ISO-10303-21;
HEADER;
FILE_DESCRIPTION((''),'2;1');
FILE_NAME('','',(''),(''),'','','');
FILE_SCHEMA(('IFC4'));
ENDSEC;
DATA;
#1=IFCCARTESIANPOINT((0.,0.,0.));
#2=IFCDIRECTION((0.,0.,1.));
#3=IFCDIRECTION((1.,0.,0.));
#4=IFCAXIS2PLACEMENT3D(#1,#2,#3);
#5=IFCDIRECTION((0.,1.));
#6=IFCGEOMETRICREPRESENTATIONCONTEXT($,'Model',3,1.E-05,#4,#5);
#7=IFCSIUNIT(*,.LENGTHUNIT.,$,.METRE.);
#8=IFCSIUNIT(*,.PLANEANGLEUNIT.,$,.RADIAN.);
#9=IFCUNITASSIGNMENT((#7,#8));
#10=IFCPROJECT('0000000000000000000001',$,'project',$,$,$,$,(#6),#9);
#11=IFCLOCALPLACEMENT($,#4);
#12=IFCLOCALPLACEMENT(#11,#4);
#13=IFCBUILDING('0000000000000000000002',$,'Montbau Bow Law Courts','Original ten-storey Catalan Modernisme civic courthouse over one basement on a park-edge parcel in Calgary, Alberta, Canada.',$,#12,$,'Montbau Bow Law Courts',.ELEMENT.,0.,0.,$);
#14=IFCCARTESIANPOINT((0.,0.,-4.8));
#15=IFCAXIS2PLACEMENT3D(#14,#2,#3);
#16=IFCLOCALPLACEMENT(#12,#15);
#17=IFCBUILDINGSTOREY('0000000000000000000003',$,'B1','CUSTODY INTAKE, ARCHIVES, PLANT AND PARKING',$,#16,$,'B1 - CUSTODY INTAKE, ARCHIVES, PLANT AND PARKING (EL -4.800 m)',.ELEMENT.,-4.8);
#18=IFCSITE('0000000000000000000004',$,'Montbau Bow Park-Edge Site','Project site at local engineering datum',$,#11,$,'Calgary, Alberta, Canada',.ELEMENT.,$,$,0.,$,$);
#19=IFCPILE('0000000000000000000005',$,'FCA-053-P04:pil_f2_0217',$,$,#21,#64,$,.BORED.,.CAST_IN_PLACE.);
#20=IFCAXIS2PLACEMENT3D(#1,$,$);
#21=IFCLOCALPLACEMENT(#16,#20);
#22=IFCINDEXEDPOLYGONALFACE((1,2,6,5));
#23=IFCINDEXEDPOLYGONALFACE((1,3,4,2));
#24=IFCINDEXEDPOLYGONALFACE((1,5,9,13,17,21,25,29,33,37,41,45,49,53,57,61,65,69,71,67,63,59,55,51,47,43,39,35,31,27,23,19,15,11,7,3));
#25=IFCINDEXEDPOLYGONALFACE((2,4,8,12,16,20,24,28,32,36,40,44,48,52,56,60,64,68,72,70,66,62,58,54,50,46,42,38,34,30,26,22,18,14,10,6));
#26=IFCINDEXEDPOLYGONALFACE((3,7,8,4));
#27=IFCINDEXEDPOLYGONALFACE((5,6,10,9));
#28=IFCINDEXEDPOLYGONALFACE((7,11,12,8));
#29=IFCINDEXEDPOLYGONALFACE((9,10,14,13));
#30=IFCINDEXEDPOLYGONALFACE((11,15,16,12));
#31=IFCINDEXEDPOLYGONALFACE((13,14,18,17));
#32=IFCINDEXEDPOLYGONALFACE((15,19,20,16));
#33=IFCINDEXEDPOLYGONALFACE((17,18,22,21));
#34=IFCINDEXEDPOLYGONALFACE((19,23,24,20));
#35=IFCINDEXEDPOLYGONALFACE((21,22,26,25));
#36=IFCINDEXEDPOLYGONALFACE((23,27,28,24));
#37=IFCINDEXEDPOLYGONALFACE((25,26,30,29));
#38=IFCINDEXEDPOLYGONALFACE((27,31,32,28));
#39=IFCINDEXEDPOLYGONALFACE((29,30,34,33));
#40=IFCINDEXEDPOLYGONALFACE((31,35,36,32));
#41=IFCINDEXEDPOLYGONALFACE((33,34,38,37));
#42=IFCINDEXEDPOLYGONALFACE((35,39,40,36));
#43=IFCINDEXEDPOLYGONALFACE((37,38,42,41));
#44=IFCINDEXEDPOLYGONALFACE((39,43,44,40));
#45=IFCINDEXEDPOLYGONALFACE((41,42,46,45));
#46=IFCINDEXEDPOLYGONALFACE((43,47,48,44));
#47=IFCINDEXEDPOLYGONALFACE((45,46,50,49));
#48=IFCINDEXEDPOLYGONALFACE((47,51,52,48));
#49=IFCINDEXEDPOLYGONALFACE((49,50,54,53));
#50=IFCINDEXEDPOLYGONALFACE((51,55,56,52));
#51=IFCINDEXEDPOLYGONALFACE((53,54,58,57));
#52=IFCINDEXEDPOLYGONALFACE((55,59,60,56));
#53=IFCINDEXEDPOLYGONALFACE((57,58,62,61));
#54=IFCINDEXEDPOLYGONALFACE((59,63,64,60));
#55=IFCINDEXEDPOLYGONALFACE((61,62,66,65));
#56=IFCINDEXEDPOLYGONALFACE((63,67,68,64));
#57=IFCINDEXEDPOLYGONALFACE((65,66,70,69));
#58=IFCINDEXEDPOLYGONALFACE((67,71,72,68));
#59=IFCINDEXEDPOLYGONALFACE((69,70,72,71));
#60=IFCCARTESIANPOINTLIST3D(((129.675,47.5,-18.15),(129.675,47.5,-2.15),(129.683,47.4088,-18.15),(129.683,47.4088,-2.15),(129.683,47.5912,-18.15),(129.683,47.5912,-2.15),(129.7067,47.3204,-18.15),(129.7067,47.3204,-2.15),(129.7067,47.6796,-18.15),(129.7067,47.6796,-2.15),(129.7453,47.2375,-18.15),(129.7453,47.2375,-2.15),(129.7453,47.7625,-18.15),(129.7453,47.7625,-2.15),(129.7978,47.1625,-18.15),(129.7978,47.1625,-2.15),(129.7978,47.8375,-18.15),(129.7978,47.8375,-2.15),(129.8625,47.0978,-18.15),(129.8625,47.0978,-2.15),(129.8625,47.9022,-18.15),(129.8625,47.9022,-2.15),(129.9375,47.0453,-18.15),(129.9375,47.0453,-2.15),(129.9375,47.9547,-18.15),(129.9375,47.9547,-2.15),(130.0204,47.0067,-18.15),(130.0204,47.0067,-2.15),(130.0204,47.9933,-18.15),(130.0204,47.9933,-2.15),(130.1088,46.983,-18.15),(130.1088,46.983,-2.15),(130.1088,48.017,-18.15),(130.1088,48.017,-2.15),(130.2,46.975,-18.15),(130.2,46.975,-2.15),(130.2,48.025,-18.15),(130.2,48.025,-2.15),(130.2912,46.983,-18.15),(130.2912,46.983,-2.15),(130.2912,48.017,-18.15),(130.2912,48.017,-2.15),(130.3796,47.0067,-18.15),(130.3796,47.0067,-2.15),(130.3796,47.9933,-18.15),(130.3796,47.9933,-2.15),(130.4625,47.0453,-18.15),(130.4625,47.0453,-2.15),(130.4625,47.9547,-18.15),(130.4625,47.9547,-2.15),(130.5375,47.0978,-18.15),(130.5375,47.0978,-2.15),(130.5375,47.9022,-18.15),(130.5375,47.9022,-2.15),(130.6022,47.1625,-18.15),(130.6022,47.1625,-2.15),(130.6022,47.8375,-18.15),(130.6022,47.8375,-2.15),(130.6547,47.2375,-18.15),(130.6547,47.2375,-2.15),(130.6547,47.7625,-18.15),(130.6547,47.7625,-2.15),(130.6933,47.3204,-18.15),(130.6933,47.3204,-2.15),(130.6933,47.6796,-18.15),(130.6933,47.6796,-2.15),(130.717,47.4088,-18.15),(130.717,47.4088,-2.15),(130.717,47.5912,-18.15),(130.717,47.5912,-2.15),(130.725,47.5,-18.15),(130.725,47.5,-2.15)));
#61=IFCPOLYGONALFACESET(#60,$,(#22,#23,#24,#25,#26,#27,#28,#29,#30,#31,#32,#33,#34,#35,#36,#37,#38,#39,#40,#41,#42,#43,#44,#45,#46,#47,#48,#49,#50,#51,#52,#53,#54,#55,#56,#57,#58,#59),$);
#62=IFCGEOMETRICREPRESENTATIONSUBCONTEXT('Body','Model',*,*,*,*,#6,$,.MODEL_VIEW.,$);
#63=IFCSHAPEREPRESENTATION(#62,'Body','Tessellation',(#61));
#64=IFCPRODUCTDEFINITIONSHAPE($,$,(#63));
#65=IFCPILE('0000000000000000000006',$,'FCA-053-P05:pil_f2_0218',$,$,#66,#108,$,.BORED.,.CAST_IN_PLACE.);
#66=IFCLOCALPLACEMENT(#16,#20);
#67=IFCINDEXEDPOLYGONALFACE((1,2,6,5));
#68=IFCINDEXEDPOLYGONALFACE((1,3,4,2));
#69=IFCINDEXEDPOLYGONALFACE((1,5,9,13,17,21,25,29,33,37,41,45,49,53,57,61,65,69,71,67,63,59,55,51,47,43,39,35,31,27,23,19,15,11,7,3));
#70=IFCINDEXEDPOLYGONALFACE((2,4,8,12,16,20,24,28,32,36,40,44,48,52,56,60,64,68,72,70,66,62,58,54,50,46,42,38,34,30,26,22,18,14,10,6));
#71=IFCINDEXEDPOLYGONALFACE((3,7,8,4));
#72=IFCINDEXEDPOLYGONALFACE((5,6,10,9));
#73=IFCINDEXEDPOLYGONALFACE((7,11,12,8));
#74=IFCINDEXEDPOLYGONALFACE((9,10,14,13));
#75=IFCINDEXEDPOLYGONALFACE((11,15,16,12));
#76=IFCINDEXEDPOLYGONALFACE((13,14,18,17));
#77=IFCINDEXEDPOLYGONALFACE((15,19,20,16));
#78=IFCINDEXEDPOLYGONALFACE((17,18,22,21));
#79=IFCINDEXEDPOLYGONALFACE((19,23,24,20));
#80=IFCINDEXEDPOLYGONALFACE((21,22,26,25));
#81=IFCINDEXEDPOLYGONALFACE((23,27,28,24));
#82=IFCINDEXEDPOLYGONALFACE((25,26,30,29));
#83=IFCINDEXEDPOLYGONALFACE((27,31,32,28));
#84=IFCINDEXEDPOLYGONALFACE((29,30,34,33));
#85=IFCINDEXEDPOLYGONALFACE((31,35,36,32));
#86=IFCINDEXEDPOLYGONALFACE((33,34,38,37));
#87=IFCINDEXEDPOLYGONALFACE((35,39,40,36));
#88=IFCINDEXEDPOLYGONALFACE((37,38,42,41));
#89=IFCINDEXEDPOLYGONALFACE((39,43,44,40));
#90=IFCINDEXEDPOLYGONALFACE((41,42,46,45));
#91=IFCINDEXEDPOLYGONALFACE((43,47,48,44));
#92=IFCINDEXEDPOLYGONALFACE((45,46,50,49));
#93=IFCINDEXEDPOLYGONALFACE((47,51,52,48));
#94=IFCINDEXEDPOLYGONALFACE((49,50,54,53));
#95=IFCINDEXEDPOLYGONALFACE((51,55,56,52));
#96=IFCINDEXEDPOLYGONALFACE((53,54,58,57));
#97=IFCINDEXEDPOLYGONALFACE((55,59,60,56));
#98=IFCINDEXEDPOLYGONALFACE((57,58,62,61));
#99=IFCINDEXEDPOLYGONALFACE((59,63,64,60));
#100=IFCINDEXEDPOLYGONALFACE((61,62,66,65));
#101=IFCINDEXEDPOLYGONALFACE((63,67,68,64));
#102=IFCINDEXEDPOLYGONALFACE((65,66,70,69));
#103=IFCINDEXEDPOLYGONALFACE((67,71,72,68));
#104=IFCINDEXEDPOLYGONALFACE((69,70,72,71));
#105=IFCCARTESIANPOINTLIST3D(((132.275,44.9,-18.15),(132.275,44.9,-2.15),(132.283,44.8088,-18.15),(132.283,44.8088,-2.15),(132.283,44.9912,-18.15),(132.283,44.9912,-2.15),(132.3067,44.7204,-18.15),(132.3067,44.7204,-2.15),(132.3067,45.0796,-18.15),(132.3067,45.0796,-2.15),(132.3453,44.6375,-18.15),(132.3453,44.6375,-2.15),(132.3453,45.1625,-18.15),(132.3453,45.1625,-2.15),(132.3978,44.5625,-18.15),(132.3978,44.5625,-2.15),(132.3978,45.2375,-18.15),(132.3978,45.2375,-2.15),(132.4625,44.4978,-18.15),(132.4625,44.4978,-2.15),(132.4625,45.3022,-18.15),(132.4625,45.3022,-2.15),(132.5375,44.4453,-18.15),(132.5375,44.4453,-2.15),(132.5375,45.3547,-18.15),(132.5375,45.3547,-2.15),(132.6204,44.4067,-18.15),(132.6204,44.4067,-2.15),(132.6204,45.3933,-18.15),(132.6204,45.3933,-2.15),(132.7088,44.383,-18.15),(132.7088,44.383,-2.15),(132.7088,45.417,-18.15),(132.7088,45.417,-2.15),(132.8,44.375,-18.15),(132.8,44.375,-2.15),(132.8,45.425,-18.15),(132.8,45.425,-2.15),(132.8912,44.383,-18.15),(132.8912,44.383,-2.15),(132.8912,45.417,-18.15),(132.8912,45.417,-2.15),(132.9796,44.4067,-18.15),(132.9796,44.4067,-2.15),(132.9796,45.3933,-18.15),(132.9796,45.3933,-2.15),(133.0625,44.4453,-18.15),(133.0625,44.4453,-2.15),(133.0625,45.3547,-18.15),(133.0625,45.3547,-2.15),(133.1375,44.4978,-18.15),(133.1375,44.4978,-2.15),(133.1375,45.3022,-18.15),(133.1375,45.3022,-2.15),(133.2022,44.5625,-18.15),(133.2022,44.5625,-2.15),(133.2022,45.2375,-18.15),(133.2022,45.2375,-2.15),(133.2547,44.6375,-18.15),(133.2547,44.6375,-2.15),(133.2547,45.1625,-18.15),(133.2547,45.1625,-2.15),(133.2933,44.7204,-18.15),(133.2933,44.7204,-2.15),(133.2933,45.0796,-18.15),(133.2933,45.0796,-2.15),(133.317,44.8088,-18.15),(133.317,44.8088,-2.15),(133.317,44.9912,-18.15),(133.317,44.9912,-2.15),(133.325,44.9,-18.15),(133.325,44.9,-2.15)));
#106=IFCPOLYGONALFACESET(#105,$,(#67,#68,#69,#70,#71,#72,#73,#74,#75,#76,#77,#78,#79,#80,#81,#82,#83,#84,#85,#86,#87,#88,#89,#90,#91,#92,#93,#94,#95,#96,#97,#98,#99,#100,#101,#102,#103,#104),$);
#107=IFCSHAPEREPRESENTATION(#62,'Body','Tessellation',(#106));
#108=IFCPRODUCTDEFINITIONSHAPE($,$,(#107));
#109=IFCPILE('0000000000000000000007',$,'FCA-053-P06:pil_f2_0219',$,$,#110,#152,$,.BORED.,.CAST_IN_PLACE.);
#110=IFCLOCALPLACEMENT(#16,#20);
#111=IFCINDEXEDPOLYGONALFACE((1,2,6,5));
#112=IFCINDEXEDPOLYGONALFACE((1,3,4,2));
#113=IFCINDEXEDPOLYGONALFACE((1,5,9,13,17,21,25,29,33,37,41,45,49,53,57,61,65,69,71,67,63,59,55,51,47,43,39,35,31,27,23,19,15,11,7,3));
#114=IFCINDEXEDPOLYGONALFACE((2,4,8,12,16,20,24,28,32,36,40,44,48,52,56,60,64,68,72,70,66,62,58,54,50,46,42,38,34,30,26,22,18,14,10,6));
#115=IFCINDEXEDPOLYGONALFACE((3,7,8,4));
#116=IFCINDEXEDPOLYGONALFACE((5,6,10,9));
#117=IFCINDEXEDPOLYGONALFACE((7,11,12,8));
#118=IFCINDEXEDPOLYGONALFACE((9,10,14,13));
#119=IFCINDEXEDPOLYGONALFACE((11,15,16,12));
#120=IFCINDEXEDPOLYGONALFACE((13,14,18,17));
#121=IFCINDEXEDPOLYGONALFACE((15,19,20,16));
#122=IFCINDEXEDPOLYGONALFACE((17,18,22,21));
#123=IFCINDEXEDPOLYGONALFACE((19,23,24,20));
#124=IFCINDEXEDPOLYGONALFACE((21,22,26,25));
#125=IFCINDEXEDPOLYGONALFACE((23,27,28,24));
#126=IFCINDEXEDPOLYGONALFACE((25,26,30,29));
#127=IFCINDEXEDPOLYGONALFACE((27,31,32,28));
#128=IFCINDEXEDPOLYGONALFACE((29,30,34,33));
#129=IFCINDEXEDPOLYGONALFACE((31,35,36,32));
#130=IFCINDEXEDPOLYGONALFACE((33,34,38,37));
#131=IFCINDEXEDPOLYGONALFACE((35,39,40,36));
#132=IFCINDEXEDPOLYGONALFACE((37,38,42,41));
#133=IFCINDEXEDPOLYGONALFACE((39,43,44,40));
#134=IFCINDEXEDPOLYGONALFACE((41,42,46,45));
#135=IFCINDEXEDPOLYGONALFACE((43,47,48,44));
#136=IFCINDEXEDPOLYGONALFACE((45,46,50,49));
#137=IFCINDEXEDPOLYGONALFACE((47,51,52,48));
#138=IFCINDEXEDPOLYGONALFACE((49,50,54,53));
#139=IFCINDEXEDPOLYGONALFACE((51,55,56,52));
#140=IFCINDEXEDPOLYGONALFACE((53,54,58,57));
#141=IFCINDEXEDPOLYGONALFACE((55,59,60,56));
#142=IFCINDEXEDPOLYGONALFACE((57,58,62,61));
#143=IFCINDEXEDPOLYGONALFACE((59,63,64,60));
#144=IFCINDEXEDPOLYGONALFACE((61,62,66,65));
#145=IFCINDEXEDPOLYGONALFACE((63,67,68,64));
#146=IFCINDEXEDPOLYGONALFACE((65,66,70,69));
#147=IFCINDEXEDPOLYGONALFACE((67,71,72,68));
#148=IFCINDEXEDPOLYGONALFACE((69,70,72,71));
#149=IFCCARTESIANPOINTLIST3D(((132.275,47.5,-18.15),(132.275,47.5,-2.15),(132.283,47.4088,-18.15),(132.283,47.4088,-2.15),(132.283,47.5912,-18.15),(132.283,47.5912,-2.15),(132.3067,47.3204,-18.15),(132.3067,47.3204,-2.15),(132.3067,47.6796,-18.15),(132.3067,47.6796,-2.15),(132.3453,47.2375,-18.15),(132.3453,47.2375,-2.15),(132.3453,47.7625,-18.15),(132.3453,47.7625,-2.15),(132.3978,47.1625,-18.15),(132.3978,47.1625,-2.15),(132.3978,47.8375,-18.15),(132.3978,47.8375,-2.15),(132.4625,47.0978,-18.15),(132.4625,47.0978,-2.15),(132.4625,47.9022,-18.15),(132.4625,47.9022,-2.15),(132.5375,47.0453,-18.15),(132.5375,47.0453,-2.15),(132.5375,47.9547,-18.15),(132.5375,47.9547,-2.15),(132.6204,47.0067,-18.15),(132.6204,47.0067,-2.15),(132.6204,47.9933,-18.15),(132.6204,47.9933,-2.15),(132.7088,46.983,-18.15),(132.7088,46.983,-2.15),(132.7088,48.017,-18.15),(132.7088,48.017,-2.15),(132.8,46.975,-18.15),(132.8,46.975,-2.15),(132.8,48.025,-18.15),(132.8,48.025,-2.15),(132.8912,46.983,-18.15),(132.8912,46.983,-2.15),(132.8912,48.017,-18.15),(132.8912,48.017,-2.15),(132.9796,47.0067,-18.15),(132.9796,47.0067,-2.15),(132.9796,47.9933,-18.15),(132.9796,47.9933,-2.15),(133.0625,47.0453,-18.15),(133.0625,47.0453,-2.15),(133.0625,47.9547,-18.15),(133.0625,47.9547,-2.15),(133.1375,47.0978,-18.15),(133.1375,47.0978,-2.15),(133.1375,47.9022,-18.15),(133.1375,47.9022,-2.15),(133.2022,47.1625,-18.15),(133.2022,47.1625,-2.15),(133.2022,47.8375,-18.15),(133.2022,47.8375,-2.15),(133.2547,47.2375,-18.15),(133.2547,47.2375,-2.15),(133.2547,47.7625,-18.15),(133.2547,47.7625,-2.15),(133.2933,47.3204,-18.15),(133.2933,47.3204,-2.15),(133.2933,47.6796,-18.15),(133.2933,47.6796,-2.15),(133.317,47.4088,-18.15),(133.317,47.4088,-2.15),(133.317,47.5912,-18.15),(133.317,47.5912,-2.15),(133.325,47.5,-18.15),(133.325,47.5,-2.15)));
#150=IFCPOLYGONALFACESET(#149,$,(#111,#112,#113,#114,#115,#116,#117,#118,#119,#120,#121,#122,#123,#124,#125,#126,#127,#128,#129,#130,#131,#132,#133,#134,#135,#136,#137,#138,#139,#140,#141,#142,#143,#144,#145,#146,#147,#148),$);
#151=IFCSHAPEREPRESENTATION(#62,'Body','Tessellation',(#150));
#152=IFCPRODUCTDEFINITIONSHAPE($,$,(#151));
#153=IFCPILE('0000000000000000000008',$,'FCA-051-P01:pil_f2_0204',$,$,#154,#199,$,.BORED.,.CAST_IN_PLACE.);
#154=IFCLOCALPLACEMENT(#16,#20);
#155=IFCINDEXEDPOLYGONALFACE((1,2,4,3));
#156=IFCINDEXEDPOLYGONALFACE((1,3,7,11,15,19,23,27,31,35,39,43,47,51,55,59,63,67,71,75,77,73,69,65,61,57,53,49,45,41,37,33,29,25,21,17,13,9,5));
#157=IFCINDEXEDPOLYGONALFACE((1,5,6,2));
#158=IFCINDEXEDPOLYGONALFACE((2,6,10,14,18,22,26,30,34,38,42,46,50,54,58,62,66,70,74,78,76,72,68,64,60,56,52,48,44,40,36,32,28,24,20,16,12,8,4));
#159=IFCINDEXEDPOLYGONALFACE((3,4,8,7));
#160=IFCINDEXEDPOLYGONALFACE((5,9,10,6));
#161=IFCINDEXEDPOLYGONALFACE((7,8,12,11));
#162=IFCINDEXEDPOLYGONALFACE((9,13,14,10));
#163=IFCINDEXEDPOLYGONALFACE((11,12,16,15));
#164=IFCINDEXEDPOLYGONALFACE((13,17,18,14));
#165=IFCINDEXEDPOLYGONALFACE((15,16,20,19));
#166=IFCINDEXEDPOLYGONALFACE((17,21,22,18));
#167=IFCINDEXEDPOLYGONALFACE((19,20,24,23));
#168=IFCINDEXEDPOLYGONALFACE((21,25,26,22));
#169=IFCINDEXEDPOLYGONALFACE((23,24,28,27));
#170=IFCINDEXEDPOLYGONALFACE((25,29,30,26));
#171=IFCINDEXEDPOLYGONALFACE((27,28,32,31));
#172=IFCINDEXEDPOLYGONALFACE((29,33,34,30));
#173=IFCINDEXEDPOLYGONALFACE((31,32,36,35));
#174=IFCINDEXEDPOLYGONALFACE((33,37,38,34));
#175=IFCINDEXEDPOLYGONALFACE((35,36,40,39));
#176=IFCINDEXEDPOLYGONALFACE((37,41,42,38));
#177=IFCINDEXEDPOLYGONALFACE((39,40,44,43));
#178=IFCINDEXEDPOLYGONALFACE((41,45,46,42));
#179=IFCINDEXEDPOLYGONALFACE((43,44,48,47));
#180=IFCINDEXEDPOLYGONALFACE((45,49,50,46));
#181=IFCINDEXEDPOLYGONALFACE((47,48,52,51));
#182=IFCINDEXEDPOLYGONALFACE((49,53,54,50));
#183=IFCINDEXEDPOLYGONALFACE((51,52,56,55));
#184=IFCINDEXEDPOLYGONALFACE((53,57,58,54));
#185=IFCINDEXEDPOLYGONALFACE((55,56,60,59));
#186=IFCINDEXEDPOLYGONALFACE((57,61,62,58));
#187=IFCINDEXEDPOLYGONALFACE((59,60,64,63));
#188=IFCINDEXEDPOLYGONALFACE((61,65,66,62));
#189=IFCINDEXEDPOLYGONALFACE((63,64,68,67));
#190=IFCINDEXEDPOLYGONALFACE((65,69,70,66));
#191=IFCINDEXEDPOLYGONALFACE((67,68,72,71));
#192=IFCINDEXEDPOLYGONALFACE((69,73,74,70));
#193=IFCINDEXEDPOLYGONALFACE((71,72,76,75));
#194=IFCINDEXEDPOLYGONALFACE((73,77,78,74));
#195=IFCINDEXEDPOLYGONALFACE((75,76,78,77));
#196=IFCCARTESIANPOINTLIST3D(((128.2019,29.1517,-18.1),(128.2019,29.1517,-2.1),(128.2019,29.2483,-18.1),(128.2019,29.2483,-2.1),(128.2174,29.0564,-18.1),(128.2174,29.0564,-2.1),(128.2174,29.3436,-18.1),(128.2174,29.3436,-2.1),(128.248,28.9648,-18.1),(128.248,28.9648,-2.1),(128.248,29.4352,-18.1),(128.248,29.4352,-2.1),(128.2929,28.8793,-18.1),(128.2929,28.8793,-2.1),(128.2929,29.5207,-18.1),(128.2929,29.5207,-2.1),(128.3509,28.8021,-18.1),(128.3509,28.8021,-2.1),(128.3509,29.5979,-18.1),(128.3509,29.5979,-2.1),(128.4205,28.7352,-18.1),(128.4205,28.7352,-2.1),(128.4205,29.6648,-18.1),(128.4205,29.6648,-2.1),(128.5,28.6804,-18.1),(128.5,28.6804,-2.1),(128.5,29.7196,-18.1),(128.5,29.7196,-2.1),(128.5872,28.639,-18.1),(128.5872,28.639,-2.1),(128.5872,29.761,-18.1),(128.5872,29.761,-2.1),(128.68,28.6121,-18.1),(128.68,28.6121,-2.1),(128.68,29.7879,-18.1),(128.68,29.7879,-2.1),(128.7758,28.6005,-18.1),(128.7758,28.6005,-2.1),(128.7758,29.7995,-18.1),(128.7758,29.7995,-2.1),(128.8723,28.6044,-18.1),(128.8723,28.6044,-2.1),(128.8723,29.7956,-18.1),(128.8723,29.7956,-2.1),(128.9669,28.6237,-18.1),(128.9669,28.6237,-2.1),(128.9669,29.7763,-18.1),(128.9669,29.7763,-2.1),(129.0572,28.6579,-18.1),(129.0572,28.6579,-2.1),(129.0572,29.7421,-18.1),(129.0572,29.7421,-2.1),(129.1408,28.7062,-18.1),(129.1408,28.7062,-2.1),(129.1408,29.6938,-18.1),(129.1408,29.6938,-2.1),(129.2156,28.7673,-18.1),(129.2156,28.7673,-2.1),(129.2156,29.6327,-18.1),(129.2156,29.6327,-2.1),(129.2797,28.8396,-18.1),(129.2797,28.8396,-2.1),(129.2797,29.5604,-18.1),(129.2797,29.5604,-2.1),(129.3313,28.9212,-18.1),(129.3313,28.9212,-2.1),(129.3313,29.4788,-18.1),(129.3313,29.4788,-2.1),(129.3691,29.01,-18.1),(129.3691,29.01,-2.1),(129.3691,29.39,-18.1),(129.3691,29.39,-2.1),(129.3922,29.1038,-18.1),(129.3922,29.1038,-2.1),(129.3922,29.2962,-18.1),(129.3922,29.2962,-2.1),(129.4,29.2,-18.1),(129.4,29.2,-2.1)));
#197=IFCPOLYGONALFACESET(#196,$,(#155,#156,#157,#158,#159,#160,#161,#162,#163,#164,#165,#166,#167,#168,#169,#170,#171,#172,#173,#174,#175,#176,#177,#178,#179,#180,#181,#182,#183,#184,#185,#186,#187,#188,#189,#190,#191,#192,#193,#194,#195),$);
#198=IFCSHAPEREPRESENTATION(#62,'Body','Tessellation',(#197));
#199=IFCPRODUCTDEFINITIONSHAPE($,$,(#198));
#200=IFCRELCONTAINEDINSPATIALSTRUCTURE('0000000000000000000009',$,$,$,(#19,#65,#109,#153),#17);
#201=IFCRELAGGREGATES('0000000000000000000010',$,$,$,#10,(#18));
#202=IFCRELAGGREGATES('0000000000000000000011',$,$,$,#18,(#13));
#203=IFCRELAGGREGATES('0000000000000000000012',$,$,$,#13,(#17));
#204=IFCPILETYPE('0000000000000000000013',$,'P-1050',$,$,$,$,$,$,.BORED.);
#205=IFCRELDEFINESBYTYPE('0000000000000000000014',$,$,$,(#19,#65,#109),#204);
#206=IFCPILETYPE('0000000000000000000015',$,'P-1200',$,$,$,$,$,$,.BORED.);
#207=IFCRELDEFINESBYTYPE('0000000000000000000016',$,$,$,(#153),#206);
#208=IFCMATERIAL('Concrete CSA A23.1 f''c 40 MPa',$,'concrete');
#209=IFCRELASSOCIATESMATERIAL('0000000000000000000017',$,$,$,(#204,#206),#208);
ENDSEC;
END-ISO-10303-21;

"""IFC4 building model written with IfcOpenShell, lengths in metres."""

from ifc_helpers import new_model, si_unit, direction, frame, origin_with_axes, origin_2d_with_axis, place, context, subcontext, project, spatial, circle, extrude, material, material_profile, profile_set, type_object, element, save


model = new_model("IFC4")

# Units and contexts
model_context = context("Model", 3, precision=1e-05, world=origin_with_axes(), true_north=direction((0.0, 1.0)))
body_context = subcontext(model_context, "Body", "Model", "MODEL_VIEW")
ifc_project = project(units=[si_unit("LENGTHUNIT", "METRE"), si_unit("PLANEANGLEUNIT", "RADIAN")], contexts=[model_context])

# Site, building, storey
site_placement = place(None, origin_with_axes())
site = spatial("IfcSite", under=ifc_project, at=site_placement, Name="Montbau Bow Park-Edge Site", Description="Project site at local engineering datum", LongName="Calgary, Alberta, Canada", CompositionType="ELEMENT", RefElevation=0.0)
building_placement = place(site_placement, origin_with_axes())
building = spatial("IfcBuilding", under=site, at=building_placement, Name="Montbau Bow Law Courts", Description="Original ten-storey Catalan Modernisme civic courthouse over one basement on a park-edge parcel in Calgary, Alberta, Canada.", LongName="Montbau Bow Law Courts", CompositionType="ELEMENT", ElevationOfRefHeight=0.0, ElevationOfTerrain=0.0)
storey_placement = place(building_placement, frame((0.0, 0.0, -4.8), z_axis=(0.0, 0.0, 1.0), x_axis=(1.0, 0.0, 0.0)))
storey = spatial("IfcBuildingStorey", under=building, at=storey_placement, Name="B1", Description="CUSTODY INTAKE, ARCHIVES, PLANT AND PARKING", LongName="B1 - CUSTODY INTAKE, ARCHIVES, PLANT AND PARKING (EL -4.800 m)", CompositionType="ELEMENT", Elevation=-4.8)

# Piles
ifc_material = material(Name="Concrete CSA A23.1 f'c 40 MPa", Category="concrete")
ifc_material_profile_1 = material_profile(ifc_material, circle(Radius=0.525, at=origin_2d_with_axis()), Name="BP1050", Category="Main", Priority=0)
ifc_profile_set_1 = profile_set([ifc_material_profile_1], Name="Concrete CSA A23.1 f'c 40 MPa")
pile_type_1 = type_object("IfcPileType", Name="P-1050", PredefinedType="BORED", material=ifc_profile_set_1)
for number, where, z_axis, x_axis, name in (
    (1, (130.2, 47.5, -22.95), (0.0, 0.0, 1.0), (1.0, 0.0, 0.0), "FCA-053-P04:pil_f2_0217"),
    (2, (132.8, 44.9, -22.95), (0.0, 0.0, 1.0), (1.0, 0.0, 0.0), "FCA-053-P05:pil_f2_0218"),
    (3, (132.8, 47.5, -22.95), (0.0, 0.0, 1.0), (1.0, 0.0, 0.0), "FCA-053-P06:pil_f2_0219"),
):
    element("IfcPile", number, at=place(None, frame(where, z_axis=z_axis, x_axis=x_axis)), inside=storey, type_object=pile_type_1, Name=name, ConstructionType="CAST_IN_PLACE", PredefinedType="BORED", context=body_context, shape_type="SweptSolid", body=[
        extrude(circle(Radius=0.525, at=origin_2d_with_axis()), origin_with_axes(), (0.0, 0.0, 1.0), 16.0),
    ])
ifc_material_profile_2 = material_profile(ifc_material, circle(Radius=0.6, at=origin_2d_with_axis()), Name="BP1200", Category="Main", Priority=0)
ifc_profile_set_2 = profile_set([ifc_material_profile_2], Name="Concrete CSA A23.1 f'c 40 MPa")
pile_type_2 = type_object("IfcPileType", Name="P-1200", PredefinedType="BORED", material=ifc_profile_set_2)
pile_placement = place(None, frame((128.8, 29.2, -22.9), z_axis=(0.0, 0.0, 1.0), x_axis=(1.0, 0.0, 0.0)))
element("IfcPile", 4, at=pile_placement, inside=storey, type_object=pile_type_2, Name="FCA-051-P01:pil_f2_0204", ConstructionType="CAST_IN_PLACE", PredefinedType="BORED", context=body_context, shape_type="SweptSolid", body=[
    extrude(circle(Radius=0.6, at=origin_2d_with_axis()), origin_with_axes(), (0.0, 0.0, 1.0), 16.0),
])

save(model, "model.ifc")
